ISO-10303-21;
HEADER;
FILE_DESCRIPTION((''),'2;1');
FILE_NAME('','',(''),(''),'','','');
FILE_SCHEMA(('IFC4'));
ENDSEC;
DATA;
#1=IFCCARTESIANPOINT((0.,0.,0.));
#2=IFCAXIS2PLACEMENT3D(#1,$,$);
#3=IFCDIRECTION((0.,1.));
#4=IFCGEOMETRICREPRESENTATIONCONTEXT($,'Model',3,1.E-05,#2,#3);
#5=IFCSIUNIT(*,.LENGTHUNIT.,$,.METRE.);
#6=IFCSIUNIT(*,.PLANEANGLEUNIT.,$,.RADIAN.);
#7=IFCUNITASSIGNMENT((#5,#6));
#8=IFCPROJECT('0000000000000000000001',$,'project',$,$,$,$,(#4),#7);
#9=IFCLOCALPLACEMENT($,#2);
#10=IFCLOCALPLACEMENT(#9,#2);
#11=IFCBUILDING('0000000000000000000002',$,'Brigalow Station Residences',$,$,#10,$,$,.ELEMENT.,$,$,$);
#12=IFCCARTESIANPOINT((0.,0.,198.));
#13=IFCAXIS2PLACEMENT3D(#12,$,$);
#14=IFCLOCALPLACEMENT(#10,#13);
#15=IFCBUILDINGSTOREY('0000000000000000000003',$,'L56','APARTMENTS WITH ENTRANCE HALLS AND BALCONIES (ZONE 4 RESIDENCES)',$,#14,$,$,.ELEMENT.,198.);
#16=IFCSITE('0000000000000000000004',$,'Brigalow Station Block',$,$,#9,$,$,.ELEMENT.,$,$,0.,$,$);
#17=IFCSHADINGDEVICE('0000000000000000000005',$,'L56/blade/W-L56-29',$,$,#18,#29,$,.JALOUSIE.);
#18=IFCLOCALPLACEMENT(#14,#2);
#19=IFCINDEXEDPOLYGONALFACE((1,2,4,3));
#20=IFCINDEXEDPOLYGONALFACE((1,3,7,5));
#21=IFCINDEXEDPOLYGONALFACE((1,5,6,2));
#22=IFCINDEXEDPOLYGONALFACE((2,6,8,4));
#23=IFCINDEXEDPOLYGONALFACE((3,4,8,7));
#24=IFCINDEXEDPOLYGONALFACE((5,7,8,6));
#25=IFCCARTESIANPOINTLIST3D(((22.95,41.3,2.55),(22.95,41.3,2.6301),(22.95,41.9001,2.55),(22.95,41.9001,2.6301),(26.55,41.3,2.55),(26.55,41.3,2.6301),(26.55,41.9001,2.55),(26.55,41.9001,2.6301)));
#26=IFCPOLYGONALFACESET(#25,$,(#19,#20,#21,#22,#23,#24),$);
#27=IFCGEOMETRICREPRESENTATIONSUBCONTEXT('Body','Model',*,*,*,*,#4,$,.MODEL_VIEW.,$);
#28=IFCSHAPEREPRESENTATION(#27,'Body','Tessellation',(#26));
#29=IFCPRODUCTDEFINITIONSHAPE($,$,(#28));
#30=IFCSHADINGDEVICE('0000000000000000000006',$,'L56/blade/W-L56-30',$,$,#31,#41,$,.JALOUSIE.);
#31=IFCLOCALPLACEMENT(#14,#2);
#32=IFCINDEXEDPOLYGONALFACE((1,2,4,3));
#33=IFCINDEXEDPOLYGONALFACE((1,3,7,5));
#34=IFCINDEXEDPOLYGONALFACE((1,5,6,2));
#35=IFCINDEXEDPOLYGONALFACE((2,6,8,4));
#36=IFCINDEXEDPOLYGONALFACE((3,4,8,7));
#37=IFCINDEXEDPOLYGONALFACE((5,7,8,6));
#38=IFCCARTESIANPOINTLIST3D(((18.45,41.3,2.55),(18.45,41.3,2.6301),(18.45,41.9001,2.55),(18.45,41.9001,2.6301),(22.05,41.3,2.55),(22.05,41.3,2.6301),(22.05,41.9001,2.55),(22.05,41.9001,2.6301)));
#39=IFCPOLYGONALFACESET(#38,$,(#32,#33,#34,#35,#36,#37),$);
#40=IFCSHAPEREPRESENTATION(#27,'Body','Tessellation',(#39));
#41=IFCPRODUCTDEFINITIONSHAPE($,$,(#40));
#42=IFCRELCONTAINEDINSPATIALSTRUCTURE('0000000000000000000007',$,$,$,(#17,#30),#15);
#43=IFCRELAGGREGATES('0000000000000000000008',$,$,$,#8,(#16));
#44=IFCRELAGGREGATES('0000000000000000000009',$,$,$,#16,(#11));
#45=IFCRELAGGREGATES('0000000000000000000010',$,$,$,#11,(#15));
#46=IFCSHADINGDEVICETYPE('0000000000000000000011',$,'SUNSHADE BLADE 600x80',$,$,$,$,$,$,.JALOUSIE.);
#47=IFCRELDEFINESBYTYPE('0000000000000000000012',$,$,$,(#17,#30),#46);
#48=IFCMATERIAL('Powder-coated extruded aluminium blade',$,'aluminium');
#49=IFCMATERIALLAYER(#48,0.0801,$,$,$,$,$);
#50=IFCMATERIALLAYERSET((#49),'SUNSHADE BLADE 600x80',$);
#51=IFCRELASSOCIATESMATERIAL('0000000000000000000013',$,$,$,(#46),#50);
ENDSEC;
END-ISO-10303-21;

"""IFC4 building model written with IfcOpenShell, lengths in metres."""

from ifc_helpers import new_model, si_unit, direction, frame, origin, origin_2d, place, context, subcontext, project, spatial, rectangle, extrude, material, layer, layer_set, type_object, element, save


model = new_model("IFC4")

# Units and contexts
model_context = context("Model", 3, precision=1e-05, world=origin(), true_north=direction((0.0, 1.0)))
body_context = subcontext(model_context, "Body", "Model", "MODEL_VIEW")
ifc_project = project(units=[si_unit("LENGTHUNIT", "METRE"), si_unit("PLANEANGLEUNIT", "RADIAN")], contexts=[model_context])

# Site, building, storey
site_placement = place(None, origin())
site = spatial("IfcSite", under=ifc_project, at=site_placement, Name="Brigalow Station Block", CompositionType="ELEMENT", RefElevation=0.0)
building_placement = place(site_placement, origin())
building = spatial("IfcBuilding", under=site, at=building_placement, Name="Brigalow Station Residences", CompositionType="ELEMENT")
storey_placement = place(building_placement, frame((0.0, 0.0, 198.0)))
storey = spatial("IfcBuildingStorey", under=building, at=storey_placement, Name="L56", Description="APARTMENTS WITH ENTRANCE HALLS AND BALCONIES (ZONE 4 RESIDENCES)", CompositionType="ELEMENT", Elevation=198.0)

# Shading devices
ifc_material_1 = material(Name="Powder-coated extruded aluminium blade", Category="aluminium")
ifc_layer_1 = layer(ifc_material_1, 0.0801)
ifc_layer_set_1 = layer_set([ifc_layer_1], Name="SUNSHADE BLADE 600x80")
shading_device_type = type_object("IfcShadingDeviceType", Name="SUNSHADE BLADE 600x80", PredefinedType="JALOUSIE", material=ifc_layer_set_1)
for number, where, z_axis, x_axis, name in (
    (1, (24.75, 41.6001, 2.55), (0.0, 0.0, 1.0), (-1.0, 0.0, 0.0), "L56/blade/W-L56-29"),
    (2, (20.25, 41.6001, 2.55), (0.0, 0.0, 1.0), (-1.0, 0.0, 0.0), "L56/blade/W-L56-30"),
):
    element("IfcShadingDevice", number, at=place(storey_placement, frame(where, z_axis=z_axis, x_axis=x_axis)), inside=storey, type_object=shading_device_type, Name=name, PredefinedType="JALOUSIE", context=body_context, shape_type="SweptSolid", body=[
        extrude(rectangle(XDim=3.6001, YDim=0.6001, at=origin_2d()), origin(), (0.0, 0.0, 1.0), 0.0801),
    ])

save(model, "model.ifc")
